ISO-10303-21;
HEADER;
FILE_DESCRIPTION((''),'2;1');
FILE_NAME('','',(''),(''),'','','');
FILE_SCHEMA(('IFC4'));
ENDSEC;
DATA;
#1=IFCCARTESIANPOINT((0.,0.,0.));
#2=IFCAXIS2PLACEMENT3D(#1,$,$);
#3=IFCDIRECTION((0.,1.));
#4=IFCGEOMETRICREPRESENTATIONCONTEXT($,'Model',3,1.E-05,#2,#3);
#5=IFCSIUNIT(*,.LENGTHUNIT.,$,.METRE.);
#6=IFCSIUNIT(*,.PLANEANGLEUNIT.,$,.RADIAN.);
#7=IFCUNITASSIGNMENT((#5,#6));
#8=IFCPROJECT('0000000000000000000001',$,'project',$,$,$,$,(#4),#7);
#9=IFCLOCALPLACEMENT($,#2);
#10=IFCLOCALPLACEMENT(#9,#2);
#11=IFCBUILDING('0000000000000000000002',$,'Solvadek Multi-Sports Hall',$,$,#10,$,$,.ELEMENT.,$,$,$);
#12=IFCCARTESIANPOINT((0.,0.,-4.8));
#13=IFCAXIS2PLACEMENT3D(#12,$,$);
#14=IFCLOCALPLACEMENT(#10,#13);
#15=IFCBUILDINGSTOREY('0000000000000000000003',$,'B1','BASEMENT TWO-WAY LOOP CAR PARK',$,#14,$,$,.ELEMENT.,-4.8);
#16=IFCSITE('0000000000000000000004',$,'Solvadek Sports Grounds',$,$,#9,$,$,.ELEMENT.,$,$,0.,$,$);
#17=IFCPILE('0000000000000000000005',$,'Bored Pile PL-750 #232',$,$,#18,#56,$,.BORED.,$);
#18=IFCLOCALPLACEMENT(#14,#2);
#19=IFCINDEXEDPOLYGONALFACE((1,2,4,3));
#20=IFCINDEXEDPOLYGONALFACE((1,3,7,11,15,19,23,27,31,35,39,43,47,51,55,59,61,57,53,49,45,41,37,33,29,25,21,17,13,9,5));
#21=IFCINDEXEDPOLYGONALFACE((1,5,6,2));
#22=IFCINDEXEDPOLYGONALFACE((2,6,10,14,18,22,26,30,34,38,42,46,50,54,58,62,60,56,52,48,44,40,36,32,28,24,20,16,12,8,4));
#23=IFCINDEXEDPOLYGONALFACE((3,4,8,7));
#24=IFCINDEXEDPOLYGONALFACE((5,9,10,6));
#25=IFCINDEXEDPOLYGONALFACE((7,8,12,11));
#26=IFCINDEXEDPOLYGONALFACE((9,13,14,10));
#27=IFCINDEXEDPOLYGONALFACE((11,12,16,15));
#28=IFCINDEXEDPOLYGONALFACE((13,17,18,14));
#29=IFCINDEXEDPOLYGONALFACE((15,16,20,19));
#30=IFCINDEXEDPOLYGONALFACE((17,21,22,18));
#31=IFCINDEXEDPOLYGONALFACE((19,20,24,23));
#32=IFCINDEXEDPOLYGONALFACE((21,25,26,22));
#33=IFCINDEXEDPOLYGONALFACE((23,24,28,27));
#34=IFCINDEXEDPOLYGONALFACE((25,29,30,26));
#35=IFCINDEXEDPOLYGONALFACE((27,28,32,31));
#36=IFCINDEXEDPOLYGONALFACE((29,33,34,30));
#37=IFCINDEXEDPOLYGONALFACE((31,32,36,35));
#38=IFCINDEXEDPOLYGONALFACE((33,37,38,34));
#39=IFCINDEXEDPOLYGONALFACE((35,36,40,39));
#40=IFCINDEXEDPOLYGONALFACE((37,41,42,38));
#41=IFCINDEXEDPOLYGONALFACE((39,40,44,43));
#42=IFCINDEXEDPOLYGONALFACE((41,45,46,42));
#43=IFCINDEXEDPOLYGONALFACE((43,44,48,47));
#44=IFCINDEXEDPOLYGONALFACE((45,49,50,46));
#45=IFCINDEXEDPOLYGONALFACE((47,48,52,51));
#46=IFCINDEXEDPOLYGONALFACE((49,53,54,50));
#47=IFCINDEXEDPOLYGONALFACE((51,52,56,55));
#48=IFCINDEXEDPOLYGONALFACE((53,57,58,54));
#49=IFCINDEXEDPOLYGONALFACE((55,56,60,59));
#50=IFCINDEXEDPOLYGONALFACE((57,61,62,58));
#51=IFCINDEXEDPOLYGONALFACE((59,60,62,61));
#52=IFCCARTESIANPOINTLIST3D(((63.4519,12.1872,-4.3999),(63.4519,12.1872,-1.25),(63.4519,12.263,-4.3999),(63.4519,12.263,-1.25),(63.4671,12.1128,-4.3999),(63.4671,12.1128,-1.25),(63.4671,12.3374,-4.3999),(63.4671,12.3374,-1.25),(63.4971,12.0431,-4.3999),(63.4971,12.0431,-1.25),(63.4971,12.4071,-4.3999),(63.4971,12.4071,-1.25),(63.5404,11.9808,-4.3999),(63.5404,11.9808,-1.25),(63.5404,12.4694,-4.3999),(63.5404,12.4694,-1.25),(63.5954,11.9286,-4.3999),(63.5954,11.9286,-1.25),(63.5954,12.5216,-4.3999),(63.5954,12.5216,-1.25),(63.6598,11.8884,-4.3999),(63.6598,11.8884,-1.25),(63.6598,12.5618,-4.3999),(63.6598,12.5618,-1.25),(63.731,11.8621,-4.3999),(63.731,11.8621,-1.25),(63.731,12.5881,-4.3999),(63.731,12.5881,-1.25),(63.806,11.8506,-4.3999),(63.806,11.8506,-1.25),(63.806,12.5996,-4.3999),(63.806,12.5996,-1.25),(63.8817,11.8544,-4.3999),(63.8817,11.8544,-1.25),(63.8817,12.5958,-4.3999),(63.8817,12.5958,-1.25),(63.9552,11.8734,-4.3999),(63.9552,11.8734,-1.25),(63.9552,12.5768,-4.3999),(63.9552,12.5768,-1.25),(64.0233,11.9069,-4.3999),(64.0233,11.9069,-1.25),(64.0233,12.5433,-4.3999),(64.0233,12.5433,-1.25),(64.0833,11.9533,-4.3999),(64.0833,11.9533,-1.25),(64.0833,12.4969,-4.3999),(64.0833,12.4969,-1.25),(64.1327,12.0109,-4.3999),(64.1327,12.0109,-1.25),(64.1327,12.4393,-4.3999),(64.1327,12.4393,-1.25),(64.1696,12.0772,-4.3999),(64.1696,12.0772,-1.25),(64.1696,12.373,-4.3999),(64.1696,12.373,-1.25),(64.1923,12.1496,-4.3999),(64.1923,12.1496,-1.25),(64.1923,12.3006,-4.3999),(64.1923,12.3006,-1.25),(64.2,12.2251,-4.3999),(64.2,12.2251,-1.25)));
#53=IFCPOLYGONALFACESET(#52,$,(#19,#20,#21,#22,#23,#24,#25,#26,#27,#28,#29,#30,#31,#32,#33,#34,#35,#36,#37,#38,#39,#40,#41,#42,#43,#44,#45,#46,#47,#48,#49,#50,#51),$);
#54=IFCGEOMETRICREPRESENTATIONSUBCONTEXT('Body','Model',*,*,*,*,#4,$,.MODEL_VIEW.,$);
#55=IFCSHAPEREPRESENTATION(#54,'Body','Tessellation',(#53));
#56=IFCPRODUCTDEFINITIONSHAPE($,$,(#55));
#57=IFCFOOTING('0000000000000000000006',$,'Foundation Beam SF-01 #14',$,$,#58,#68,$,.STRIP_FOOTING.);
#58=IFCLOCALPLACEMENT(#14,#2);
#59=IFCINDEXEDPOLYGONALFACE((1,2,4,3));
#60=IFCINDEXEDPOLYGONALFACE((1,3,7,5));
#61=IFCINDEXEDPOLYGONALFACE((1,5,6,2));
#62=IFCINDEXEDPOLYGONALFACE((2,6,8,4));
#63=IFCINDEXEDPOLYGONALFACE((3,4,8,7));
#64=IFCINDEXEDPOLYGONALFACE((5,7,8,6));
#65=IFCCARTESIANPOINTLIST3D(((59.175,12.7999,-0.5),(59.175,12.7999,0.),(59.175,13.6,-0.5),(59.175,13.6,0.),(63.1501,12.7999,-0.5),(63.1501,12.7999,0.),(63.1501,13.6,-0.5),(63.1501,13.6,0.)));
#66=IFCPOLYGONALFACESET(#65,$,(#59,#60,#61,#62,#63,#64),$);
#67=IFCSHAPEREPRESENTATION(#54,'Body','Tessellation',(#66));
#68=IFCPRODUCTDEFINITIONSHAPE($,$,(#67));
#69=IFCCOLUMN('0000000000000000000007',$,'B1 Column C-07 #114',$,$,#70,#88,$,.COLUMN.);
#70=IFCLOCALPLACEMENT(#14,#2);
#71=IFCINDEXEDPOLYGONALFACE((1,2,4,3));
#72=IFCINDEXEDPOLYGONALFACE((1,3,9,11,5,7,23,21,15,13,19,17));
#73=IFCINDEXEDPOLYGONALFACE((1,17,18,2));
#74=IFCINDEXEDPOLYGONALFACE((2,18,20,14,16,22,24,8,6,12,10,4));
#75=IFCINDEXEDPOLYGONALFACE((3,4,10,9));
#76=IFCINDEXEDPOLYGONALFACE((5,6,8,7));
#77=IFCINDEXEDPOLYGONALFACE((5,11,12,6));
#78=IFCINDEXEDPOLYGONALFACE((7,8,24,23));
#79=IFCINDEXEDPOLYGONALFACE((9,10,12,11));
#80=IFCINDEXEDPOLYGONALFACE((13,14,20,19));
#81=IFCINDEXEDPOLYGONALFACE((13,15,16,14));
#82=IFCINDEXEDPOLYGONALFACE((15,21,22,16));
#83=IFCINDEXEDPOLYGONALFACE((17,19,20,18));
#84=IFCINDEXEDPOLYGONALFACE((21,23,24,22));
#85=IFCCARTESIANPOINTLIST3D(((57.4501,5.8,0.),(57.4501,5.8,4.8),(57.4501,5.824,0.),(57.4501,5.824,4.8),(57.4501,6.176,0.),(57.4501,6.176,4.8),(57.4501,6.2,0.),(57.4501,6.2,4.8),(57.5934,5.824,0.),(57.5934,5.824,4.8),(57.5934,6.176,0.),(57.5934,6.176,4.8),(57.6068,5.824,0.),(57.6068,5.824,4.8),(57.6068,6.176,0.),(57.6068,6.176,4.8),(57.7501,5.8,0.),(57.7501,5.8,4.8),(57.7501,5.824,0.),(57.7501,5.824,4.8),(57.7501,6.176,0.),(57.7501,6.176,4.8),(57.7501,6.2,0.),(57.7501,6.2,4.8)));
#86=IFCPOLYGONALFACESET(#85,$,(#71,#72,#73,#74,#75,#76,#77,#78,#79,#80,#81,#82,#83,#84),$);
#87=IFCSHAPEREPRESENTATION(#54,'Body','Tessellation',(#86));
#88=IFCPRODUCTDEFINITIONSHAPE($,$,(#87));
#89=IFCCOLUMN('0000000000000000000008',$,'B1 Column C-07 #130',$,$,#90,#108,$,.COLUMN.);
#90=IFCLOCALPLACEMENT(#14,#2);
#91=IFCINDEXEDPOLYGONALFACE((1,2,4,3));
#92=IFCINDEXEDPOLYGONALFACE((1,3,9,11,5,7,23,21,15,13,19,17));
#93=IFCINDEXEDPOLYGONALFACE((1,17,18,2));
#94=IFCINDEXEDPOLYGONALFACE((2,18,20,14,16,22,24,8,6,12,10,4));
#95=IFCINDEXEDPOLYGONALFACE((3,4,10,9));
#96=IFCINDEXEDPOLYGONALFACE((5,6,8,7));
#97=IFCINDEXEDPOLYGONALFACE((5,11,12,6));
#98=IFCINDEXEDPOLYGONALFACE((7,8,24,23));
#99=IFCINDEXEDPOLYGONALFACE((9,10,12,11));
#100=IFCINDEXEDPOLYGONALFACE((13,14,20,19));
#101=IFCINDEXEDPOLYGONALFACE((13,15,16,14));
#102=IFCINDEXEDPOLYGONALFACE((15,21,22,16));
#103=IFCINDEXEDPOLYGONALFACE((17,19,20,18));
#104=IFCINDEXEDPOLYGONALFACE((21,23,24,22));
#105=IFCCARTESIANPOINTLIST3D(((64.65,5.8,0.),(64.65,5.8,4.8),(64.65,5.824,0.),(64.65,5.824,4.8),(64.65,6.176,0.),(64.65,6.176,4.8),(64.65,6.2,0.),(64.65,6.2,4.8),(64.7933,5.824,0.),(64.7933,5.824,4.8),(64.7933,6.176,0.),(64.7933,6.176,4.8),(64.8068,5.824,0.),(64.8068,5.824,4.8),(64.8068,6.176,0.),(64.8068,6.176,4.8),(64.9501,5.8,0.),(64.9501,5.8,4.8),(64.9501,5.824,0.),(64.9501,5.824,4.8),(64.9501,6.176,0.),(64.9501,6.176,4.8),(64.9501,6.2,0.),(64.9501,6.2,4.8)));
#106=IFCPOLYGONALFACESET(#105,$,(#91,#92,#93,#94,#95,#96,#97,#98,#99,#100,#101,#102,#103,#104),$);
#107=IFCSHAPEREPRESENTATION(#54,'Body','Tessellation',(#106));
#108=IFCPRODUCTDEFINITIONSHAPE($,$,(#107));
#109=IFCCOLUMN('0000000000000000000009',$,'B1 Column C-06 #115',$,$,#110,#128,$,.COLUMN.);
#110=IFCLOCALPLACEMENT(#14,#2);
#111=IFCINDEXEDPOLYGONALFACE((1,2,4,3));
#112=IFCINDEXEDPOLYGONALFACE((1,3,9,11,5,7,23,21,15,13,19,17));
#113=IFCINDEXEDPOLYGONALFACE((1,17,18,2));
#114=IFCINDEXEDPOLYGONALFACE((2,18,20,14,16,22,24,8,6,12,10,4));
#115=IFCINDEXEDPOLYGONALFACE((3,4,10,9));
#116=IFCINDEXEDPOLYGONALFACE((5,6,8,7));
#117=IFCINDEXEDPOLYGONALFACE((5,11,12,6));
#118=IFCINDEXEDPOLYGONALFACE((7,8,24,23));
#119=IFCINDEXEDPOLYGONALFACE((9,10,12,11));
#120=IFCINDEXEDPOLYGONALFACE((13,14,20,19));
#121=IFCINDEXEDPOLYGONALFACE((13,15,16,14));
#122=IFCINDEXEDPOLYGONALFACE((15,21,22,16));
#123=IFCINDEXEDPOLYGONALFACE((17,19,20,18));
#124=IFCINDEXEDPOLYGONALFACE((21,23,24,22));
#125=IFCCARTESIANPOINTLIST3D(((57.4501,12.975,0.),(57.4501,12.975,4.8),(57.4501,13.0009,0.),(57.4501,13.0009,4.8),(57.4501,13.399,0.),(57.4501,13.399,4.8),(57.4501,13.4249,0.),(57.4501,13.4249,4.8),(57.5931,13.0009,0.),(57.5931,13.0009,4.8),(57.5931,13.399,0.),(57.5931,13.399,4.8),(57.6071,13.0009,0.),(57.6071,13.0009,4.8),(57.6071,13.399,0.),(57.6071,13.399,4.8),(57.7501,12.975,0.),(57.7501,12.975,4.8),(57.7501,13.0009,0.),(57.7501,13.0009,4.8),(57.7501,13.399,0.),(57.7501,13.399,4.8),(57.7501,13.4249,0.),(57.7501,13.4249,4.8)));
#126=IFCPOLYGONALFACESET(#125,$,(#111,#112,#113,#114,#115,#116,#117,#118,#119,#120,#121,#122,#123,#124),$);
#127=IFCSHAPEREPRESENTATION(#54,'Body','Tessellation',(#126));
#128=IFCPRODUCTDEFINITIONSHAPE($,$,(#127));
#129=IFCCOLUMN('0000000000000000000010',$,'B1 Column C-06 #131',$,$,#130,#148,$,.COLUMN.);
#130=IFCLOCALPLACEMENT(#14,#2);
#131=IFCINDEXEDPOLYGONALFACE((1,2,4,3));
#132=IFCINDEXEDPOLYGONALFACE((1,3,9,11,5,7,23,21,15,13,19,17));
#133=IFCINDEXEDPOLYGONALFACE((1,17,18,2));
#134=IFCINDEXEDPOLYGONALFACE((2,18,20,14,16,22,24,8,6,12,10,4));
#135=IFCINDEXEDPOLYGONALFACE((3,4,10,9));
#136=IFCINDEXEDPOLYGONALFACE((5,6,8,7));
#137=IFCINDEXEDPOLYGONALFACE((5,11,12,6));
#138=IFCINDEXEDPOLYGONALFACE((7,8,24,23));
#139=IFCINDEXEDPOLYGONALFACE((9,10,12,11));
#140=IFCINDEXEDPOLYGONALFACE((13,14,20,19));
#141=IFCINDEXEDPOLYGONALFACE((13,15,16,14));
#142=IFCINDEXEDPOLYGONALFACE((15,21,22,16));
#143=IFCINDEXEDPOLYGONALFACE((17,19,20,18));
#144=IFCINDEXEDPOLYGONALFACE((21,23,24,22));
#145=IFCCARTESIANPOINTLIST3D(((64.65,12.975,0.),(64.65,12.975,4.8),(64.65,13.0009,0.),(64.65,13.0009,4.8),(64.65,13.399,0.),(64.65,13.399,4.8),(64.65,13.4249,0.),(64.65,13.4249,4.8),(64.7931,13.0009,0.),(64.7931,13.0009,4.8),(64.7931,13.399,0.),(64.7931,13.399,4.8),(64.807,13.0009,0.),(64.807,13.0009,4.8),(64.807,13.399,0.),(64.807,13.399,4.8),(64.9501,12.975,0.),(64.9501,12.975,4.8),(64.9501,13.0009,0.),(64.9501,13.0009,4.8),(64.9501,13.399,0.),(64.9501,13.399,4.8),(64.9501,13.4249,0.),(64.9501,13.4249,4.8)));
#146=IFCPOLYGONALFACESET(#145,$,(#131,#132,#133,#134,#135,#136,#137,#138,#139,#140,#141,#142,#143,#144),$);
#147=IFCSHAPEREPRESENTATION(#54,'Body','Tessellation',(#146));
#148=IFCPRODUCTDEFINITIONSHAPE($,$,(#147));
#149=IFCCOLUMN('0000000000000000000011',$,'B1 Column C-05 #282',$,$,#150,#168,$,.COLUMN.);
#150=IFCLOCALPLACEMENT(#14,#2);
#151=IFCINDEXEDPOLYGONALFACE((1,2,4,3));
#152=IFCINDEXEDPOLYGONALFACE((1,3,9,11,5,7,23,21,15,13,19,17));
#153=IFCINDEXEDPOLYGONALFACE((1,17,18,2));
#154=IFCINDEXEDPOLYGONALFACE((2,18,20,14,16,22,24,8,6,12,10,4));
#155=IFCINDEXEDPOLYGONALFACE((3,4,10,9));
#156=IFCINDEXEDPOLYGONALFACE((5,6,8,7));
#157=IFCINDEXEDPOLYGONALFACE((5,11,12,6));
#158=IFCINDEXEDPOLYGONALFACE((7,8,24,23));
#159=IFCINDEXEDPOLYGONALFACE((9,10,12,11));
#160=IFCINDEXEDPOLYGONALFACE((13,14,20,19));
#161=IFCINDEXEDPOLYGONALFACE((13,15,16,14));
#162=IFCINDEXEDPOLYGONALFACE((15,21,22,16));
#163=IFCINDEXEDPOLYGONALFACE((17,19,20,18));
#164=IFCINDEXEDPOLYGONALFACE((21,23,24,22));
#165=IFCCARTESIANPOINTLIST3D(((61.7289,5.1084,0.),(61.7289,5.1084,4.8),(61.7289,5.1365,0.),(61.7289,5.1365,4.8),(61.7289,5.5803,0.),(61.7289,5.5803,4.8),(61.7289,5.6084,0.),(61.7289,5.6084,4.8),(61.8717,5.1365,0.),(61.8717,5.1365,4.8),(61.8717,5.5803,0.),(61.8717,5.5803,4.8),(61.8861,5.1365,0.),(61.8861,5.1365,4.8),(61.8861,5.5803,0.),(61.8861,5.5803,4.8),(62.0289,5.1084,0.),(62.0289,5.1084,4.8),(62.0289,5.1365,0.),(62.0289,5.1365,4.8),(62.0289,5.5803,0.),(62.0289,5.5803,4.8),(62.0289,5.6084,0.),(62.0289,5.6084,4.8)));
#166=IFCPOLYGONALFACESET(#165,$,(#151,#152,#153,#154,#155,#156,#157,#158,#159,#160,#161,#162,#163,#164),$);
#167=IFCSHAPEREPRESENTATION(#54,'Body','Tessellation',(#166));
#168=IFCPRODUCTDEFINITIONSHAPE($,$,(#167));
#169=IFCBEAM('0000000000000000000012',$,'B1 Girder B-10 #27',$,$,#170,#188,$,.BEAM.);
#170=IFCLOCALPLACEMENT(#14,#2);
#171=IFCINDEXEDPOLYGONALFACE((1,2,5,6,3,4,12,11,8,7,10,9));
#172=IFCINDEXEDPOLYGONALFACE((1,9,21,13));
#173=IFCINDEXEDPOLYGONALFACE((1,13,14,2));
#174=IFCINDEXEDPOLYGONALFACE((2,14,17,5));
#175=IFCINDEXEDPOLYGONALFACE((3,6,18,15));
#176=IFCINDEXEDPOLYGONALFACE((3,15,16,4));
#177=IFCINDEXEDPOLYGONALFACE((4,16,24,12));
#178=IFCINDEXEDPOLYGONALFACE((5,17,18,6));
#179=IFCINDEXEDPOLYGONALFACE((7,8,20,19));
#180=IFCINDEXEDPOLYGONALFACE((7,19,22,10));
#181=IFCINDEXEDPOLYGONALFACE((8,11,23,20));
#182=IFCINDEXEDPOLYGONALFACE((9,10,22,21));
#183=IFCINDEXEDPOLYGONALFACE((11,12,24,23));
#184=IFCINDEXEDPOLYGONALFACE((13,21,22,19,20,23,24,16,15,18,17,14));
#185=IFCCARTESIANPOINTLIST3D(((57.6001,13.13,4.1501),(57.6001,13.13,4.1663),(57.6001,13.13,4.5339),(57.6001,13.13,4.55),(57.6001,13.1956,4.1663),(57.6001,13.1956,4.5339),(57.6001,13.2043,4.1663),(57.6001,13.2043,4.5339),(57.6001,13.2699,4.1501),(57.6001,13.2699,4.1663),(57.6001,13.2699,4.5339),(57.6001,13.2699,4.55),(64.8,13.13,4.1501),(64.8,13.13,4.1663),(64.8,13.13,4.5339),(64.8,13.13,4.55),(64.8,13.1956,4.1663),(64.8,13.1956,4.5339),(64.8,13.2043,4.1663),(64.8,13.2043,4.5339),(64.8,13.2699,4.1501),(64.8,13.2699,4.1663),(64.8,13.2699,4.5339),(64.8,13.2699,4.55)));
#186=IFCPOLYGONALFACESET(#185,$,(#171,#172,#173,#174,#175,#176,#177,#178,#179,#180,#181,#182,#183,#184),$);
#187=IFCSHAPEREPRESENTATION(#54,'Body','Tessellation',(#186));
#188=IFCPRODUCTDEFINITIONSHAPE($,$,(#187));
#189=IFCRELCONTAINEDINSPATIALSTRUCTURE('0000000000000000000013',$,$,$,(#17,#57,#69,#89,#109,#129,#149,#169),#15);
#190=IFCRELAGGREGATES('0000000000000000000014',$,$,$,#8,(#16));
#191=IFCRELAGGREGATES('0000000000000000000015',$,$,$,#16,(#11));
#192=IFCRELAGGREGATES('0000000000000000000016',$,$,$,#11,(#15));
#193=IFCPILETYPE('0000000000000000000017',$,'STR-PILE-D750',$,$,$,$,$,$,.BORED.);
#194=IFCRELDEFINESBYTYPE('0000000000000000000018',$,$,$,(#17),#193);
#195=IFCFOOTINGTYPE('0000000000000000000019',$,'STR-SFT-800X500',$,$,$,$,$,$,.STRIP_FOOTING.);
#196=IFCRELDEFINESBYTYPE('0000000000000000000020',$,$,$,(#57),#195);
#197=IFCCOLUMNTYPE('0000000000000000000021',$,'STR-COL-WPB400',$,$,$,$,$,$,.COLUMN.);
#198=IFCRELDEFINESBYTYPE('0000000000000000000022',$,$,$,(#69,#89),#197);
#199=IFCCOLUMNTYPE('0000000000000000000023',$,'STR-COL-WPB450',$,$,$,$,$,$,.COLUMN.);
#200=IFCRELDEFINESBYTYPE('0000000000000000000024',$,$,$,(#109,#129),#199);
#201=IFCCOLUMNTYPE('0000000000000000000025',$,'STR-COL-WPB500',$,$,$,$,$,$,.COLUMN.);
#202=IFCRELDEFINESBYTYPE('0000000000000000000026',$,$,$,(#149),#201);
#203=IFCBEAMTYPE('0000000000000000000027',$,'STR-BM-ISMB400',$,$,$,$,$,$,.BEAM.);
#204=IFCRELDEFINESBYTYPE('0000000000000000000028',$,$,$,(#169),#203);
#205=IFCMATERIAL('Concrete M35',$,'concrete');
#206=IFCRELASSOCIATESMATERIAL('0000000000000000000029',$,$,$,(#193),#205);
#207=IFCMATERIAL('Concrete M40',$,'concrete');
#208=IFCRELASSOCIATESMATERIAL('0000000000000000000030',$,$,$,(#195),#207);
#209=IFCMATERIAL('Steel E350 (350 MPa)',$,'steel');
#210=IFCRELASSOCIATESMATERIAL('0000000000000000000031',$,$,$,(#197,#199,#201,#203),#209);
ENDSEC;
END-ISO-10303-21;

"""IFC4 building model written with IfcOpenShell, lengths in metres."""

from ifc_helpers import new_model, si_unit, direction, frame, origin, origin_2d, place, context, subcontext, project, spatial, rectangle, circle, i_section, extrude, material, material_profile, profile_set, type_object, element, save


model = new_model("IFC4")

# Units and contexts
model_context = context("Model", 3, precision=1e-05, world=origin(), true_north=direction((0.0, 1.0)))
body_context = subcontext(model_context, "Body", "Model", "MODEL_VIEW")
ifc_project = project(units=[si_unit("LENGTHUNIT", "METRE"), si_unit("PLANEANGLEUNIT", "RADIAN")], contexts=[model_context])

# Site, building, storey
site_placement = place(None, origin())
site = spatial("IfcSite", under=ifc_project, at=site_placement, Name="Solvadek Sports Grounds", CompositionType="ELEMENT", RefElevation=0.0)
building_placement = place(site_placement, origin())
building = spatial("IfcBuilding", under=site, at=building_placement, Name="Solvadek Multi-Sports Hall", CompositionType="ELEMENT")
storey_placement = place(building_placement, frame((0.0, 0.0, -4.8)))
storey = spatial("IfcBuildingStorey", under=building, at=storey_placement, Name="B1", Description="BASEMENT TWO-WAY LOOP CAR PARK", CompositionType="ELEMENT", Elevation=-4.8)

# Shared definitions
ifc_material_1 = material(Name="Concrete M40", Category="concrete")

# Pile
ifc_material_2 = material(Name="Concrete M35", Category="concrete")
ifc_material_profile_1 = material_profile(ifc_material_2, circle(Radius=0.375, at=origin_2d()), Name="BORED PILE D750")
ifc_profile_set_1 = profile_set([ifc_material_profile_1], Name="Concrete M35")
pile_type = type_object("IfcPileType", Name="STR-PILE-D750", PredefinedType="BORED", material=ifc_profile_set_1)
for number, where, z_axis, x_axis, name in (
    (1, (63.825, 12.2251, -1.25), (0.0, 0.0, -1.0), (1.0, 0.0, 0.0), "Bored Pile PL-750 #232"),
):
    element("IfcPile", number, at=place(storey_placement, frame(where, z_axis=z_axis, x_axis=x_axis)), inside=storey, type_object=pile_type, Name=name, PredefinedType="BORED", context=body_context, shape_type="SweptSolid", body=[
        extrude(circle(Radius=0.375, at=origin_2d()), origin(), (0.0, 0.0, 1.0), 3.1499),
    ])

# Footing
footing_type_1 = type_object("IfcFootingType", Name="STR-SFT-800X500", PredefinedType="STRIP_FOOTING", material=ifc_material_1)
footing_1_placement = place(storey_placement, frame((61.1626, 13.2, -0.5), z_axis=(0.0, 0.0, 1.0), x_axis=(1.0, 0.0, 0.0)))
element("IfcFooting", 2, at=footing_1_placement, inside=storey, type_object=footing_type_1, Name="Foundation Beam SF-01 #14", PredefinedType="STRIP_FOOTING", context=body_context, shape_type="SweptSolid", body=[
    extrude(rectangle(XDim=3.9751, YDim=0.8, at=origin_2d()), origin(), (0.0, 0.0, 1.0), 0.5),
])

# Columns
ifc_material_3 = material(Name="Steel E350 (350 MPa)", Category="steel")
ifc_material_profile_2 = material_profile(ifc_material_3, i_section(OverallWidth=0.3, OverallDepth=0.3999, WebThickness=0.0134, FlangeThickness=0.0239, at=origin_2d()), Name="WPB 400")
ifc_profile_set_2 = profile_set([ifc_material_profile_2], Name="Steel E350 (350 MPa)")
column_type_1 = type_object("IfcColumnType", Name="STR-COL-WPB400", PredefinedType="COLUMN", material=ifc_profile_set_2)
for number, where, z_axis, x_axis, name in (
    (3, (57.6001, 6.0, 0.0), (0.0, 0.0, 1.0), (1.0, 0.0, 0.0), "B1 Column C-07 #114"),
    (4, (64.8, 6.0, 0.0), (0.0, 0.0, 1.0), (1.0, 0.0, 0.0), "B1 Column C-07 #130"),
):
    element("IfcColumn", number, at=place(storey_placement, frame(where, z_axis=z_axis, x_axis=x_axis)), inside=storey, type_object=column_type_1, Name=name, PredefinedType="COLUMN", context=body_context, shape_type="SweptSolid", body=[
        extrude(i_section(OverallWidth=0.3, OverallDepth=0.3999, WebThickness=0.0134, FlangeThickness=0.0239, at=origin_2d()), origin(), (0.0, 0.0, 1.0), 4.8),
    ])
ifc_material_profile_3 = material_profile(ifc_material_3, i_section(OverallWidth=0.3, OverallDepth=0.45, WebThickness=0.0139, FlangeThickness=0.0259, at=origin_2d()), Name="WPB 450")
ifc_profile_set_3 = profile_set([ifc_material_profile_3], Name="Steel E350 (350 MPa)")
column_type_2 = type_object("IfcColumnType", Name="STR-COL-WPB450", PredefinedType="COLUMN", material=ifc_profile_set_3)
for number, where, z_axis, x_axis, name in (
    (5, (57.6001, 13.2, 0.0), (0.0, 0.0, 1.0), (1.0, 0.0, 0.0), "B1 Column C-06 #115"),
    (6, (64.8, 13.2, 0.0), (0.0, 0.0, 1.0), (1.0, 0.0, 0.0), "B1 Column C-06 #131"),
):
    element("IfcColumn", number, at=place(storey_placement, frame(where, z_axis=z_axis, x_axis=x_axis)), inside=storey, type_object=column_type_2, Name=name, PredefinedType="COLUMN", context=body_context, shape_type="SweptSolid", body=[
        extrude(i_section(OverallWidth=0.3, OverallDepth=0.45, WebThickness=0.0139, FlangeThickness=0.0259, at=origin_2d()), origin(), (0.0, 0.0, 1.0), 4.8),
    ])
ifc_material_profile_4 = material_profile(ifc_material_3, i_section(OverallWidth=0.3, OverallDepth=0.5, WebThickness=0.0144, FlangeThickness=0.0281, at=origin_2d()), Name="WPB 500")
ifc_profile_set_4 = profile_set([ifc_material_profile_4], Name="Steel E350 (350 MPa)")
column_type_3 = type_object("IfcColumnType", Name="STR-COL-WPB500", PredefinedType="COLUMN", material=ifc_profile_set_4)
column_placement = place(storey_placement, frame((61.8789, 5.3584, 0.0), z_axis=(0.0, 0.0, 1.0), x_axis=(1.0, 0.0, 0.0)))
element("IfcColumn", 7, at=column_placement, inside=storey, type_object=column_type_3, Name="B1 Column C-05 #282", PredefinedType="COLUMN", context=body_context, shape_type="SweptSolid", body=[
    extrude(i_section(OverallWidth=0.3, OverallDepth=0.5, WebThickness=0.0144, FlangeThickness=0.0281, at=origin_2d()), origin(), (0.0, 0.0, 1.0), 4.8),
])

# Beam
ifc_material_profile_5 = material_profile(ifc_material_3, i_section(OverallWidth=0.1399, OverallDepth=0.3999, WebThickness=0.0088, FlangeThickness=0.0161, at=origin_2d()), Name="ISMB 400")
ifc_profile_set_5 = profile_set([ifc_material_profile_5], Name="Steel E350 (350 MPa)")
beam_type_1 = type_object("IfcBeamType", Name="STR-BM-ISMB400", PredefinedType="BEAM", material=ifc_profile_set_5)
beam_1_placement = place(storey_placement, frame((57.6001, 13.2, 4.3501), z_axis=(1.0, 0.0, 0.0), x_axis=(0.0, 1.0, 0.0)))
element("IfcBeam", 8, at=beam_1_placement, inside=storey, type_object=beam_type_1, Name="B1 Girder B-10 #27", PredefinedType="BEAM", context=body_context, shape_type="SweptSolid", body=[
    extrude(i_section(OverallWidth=0.1399, OverallDepth=0.3999, WebThickness=0.0088, FlangeThickness=0.0161, at=origin_2d()), origin(), (0.0, 0.0, 1.0), 7.2),
])

save(model, "model.ifc")
